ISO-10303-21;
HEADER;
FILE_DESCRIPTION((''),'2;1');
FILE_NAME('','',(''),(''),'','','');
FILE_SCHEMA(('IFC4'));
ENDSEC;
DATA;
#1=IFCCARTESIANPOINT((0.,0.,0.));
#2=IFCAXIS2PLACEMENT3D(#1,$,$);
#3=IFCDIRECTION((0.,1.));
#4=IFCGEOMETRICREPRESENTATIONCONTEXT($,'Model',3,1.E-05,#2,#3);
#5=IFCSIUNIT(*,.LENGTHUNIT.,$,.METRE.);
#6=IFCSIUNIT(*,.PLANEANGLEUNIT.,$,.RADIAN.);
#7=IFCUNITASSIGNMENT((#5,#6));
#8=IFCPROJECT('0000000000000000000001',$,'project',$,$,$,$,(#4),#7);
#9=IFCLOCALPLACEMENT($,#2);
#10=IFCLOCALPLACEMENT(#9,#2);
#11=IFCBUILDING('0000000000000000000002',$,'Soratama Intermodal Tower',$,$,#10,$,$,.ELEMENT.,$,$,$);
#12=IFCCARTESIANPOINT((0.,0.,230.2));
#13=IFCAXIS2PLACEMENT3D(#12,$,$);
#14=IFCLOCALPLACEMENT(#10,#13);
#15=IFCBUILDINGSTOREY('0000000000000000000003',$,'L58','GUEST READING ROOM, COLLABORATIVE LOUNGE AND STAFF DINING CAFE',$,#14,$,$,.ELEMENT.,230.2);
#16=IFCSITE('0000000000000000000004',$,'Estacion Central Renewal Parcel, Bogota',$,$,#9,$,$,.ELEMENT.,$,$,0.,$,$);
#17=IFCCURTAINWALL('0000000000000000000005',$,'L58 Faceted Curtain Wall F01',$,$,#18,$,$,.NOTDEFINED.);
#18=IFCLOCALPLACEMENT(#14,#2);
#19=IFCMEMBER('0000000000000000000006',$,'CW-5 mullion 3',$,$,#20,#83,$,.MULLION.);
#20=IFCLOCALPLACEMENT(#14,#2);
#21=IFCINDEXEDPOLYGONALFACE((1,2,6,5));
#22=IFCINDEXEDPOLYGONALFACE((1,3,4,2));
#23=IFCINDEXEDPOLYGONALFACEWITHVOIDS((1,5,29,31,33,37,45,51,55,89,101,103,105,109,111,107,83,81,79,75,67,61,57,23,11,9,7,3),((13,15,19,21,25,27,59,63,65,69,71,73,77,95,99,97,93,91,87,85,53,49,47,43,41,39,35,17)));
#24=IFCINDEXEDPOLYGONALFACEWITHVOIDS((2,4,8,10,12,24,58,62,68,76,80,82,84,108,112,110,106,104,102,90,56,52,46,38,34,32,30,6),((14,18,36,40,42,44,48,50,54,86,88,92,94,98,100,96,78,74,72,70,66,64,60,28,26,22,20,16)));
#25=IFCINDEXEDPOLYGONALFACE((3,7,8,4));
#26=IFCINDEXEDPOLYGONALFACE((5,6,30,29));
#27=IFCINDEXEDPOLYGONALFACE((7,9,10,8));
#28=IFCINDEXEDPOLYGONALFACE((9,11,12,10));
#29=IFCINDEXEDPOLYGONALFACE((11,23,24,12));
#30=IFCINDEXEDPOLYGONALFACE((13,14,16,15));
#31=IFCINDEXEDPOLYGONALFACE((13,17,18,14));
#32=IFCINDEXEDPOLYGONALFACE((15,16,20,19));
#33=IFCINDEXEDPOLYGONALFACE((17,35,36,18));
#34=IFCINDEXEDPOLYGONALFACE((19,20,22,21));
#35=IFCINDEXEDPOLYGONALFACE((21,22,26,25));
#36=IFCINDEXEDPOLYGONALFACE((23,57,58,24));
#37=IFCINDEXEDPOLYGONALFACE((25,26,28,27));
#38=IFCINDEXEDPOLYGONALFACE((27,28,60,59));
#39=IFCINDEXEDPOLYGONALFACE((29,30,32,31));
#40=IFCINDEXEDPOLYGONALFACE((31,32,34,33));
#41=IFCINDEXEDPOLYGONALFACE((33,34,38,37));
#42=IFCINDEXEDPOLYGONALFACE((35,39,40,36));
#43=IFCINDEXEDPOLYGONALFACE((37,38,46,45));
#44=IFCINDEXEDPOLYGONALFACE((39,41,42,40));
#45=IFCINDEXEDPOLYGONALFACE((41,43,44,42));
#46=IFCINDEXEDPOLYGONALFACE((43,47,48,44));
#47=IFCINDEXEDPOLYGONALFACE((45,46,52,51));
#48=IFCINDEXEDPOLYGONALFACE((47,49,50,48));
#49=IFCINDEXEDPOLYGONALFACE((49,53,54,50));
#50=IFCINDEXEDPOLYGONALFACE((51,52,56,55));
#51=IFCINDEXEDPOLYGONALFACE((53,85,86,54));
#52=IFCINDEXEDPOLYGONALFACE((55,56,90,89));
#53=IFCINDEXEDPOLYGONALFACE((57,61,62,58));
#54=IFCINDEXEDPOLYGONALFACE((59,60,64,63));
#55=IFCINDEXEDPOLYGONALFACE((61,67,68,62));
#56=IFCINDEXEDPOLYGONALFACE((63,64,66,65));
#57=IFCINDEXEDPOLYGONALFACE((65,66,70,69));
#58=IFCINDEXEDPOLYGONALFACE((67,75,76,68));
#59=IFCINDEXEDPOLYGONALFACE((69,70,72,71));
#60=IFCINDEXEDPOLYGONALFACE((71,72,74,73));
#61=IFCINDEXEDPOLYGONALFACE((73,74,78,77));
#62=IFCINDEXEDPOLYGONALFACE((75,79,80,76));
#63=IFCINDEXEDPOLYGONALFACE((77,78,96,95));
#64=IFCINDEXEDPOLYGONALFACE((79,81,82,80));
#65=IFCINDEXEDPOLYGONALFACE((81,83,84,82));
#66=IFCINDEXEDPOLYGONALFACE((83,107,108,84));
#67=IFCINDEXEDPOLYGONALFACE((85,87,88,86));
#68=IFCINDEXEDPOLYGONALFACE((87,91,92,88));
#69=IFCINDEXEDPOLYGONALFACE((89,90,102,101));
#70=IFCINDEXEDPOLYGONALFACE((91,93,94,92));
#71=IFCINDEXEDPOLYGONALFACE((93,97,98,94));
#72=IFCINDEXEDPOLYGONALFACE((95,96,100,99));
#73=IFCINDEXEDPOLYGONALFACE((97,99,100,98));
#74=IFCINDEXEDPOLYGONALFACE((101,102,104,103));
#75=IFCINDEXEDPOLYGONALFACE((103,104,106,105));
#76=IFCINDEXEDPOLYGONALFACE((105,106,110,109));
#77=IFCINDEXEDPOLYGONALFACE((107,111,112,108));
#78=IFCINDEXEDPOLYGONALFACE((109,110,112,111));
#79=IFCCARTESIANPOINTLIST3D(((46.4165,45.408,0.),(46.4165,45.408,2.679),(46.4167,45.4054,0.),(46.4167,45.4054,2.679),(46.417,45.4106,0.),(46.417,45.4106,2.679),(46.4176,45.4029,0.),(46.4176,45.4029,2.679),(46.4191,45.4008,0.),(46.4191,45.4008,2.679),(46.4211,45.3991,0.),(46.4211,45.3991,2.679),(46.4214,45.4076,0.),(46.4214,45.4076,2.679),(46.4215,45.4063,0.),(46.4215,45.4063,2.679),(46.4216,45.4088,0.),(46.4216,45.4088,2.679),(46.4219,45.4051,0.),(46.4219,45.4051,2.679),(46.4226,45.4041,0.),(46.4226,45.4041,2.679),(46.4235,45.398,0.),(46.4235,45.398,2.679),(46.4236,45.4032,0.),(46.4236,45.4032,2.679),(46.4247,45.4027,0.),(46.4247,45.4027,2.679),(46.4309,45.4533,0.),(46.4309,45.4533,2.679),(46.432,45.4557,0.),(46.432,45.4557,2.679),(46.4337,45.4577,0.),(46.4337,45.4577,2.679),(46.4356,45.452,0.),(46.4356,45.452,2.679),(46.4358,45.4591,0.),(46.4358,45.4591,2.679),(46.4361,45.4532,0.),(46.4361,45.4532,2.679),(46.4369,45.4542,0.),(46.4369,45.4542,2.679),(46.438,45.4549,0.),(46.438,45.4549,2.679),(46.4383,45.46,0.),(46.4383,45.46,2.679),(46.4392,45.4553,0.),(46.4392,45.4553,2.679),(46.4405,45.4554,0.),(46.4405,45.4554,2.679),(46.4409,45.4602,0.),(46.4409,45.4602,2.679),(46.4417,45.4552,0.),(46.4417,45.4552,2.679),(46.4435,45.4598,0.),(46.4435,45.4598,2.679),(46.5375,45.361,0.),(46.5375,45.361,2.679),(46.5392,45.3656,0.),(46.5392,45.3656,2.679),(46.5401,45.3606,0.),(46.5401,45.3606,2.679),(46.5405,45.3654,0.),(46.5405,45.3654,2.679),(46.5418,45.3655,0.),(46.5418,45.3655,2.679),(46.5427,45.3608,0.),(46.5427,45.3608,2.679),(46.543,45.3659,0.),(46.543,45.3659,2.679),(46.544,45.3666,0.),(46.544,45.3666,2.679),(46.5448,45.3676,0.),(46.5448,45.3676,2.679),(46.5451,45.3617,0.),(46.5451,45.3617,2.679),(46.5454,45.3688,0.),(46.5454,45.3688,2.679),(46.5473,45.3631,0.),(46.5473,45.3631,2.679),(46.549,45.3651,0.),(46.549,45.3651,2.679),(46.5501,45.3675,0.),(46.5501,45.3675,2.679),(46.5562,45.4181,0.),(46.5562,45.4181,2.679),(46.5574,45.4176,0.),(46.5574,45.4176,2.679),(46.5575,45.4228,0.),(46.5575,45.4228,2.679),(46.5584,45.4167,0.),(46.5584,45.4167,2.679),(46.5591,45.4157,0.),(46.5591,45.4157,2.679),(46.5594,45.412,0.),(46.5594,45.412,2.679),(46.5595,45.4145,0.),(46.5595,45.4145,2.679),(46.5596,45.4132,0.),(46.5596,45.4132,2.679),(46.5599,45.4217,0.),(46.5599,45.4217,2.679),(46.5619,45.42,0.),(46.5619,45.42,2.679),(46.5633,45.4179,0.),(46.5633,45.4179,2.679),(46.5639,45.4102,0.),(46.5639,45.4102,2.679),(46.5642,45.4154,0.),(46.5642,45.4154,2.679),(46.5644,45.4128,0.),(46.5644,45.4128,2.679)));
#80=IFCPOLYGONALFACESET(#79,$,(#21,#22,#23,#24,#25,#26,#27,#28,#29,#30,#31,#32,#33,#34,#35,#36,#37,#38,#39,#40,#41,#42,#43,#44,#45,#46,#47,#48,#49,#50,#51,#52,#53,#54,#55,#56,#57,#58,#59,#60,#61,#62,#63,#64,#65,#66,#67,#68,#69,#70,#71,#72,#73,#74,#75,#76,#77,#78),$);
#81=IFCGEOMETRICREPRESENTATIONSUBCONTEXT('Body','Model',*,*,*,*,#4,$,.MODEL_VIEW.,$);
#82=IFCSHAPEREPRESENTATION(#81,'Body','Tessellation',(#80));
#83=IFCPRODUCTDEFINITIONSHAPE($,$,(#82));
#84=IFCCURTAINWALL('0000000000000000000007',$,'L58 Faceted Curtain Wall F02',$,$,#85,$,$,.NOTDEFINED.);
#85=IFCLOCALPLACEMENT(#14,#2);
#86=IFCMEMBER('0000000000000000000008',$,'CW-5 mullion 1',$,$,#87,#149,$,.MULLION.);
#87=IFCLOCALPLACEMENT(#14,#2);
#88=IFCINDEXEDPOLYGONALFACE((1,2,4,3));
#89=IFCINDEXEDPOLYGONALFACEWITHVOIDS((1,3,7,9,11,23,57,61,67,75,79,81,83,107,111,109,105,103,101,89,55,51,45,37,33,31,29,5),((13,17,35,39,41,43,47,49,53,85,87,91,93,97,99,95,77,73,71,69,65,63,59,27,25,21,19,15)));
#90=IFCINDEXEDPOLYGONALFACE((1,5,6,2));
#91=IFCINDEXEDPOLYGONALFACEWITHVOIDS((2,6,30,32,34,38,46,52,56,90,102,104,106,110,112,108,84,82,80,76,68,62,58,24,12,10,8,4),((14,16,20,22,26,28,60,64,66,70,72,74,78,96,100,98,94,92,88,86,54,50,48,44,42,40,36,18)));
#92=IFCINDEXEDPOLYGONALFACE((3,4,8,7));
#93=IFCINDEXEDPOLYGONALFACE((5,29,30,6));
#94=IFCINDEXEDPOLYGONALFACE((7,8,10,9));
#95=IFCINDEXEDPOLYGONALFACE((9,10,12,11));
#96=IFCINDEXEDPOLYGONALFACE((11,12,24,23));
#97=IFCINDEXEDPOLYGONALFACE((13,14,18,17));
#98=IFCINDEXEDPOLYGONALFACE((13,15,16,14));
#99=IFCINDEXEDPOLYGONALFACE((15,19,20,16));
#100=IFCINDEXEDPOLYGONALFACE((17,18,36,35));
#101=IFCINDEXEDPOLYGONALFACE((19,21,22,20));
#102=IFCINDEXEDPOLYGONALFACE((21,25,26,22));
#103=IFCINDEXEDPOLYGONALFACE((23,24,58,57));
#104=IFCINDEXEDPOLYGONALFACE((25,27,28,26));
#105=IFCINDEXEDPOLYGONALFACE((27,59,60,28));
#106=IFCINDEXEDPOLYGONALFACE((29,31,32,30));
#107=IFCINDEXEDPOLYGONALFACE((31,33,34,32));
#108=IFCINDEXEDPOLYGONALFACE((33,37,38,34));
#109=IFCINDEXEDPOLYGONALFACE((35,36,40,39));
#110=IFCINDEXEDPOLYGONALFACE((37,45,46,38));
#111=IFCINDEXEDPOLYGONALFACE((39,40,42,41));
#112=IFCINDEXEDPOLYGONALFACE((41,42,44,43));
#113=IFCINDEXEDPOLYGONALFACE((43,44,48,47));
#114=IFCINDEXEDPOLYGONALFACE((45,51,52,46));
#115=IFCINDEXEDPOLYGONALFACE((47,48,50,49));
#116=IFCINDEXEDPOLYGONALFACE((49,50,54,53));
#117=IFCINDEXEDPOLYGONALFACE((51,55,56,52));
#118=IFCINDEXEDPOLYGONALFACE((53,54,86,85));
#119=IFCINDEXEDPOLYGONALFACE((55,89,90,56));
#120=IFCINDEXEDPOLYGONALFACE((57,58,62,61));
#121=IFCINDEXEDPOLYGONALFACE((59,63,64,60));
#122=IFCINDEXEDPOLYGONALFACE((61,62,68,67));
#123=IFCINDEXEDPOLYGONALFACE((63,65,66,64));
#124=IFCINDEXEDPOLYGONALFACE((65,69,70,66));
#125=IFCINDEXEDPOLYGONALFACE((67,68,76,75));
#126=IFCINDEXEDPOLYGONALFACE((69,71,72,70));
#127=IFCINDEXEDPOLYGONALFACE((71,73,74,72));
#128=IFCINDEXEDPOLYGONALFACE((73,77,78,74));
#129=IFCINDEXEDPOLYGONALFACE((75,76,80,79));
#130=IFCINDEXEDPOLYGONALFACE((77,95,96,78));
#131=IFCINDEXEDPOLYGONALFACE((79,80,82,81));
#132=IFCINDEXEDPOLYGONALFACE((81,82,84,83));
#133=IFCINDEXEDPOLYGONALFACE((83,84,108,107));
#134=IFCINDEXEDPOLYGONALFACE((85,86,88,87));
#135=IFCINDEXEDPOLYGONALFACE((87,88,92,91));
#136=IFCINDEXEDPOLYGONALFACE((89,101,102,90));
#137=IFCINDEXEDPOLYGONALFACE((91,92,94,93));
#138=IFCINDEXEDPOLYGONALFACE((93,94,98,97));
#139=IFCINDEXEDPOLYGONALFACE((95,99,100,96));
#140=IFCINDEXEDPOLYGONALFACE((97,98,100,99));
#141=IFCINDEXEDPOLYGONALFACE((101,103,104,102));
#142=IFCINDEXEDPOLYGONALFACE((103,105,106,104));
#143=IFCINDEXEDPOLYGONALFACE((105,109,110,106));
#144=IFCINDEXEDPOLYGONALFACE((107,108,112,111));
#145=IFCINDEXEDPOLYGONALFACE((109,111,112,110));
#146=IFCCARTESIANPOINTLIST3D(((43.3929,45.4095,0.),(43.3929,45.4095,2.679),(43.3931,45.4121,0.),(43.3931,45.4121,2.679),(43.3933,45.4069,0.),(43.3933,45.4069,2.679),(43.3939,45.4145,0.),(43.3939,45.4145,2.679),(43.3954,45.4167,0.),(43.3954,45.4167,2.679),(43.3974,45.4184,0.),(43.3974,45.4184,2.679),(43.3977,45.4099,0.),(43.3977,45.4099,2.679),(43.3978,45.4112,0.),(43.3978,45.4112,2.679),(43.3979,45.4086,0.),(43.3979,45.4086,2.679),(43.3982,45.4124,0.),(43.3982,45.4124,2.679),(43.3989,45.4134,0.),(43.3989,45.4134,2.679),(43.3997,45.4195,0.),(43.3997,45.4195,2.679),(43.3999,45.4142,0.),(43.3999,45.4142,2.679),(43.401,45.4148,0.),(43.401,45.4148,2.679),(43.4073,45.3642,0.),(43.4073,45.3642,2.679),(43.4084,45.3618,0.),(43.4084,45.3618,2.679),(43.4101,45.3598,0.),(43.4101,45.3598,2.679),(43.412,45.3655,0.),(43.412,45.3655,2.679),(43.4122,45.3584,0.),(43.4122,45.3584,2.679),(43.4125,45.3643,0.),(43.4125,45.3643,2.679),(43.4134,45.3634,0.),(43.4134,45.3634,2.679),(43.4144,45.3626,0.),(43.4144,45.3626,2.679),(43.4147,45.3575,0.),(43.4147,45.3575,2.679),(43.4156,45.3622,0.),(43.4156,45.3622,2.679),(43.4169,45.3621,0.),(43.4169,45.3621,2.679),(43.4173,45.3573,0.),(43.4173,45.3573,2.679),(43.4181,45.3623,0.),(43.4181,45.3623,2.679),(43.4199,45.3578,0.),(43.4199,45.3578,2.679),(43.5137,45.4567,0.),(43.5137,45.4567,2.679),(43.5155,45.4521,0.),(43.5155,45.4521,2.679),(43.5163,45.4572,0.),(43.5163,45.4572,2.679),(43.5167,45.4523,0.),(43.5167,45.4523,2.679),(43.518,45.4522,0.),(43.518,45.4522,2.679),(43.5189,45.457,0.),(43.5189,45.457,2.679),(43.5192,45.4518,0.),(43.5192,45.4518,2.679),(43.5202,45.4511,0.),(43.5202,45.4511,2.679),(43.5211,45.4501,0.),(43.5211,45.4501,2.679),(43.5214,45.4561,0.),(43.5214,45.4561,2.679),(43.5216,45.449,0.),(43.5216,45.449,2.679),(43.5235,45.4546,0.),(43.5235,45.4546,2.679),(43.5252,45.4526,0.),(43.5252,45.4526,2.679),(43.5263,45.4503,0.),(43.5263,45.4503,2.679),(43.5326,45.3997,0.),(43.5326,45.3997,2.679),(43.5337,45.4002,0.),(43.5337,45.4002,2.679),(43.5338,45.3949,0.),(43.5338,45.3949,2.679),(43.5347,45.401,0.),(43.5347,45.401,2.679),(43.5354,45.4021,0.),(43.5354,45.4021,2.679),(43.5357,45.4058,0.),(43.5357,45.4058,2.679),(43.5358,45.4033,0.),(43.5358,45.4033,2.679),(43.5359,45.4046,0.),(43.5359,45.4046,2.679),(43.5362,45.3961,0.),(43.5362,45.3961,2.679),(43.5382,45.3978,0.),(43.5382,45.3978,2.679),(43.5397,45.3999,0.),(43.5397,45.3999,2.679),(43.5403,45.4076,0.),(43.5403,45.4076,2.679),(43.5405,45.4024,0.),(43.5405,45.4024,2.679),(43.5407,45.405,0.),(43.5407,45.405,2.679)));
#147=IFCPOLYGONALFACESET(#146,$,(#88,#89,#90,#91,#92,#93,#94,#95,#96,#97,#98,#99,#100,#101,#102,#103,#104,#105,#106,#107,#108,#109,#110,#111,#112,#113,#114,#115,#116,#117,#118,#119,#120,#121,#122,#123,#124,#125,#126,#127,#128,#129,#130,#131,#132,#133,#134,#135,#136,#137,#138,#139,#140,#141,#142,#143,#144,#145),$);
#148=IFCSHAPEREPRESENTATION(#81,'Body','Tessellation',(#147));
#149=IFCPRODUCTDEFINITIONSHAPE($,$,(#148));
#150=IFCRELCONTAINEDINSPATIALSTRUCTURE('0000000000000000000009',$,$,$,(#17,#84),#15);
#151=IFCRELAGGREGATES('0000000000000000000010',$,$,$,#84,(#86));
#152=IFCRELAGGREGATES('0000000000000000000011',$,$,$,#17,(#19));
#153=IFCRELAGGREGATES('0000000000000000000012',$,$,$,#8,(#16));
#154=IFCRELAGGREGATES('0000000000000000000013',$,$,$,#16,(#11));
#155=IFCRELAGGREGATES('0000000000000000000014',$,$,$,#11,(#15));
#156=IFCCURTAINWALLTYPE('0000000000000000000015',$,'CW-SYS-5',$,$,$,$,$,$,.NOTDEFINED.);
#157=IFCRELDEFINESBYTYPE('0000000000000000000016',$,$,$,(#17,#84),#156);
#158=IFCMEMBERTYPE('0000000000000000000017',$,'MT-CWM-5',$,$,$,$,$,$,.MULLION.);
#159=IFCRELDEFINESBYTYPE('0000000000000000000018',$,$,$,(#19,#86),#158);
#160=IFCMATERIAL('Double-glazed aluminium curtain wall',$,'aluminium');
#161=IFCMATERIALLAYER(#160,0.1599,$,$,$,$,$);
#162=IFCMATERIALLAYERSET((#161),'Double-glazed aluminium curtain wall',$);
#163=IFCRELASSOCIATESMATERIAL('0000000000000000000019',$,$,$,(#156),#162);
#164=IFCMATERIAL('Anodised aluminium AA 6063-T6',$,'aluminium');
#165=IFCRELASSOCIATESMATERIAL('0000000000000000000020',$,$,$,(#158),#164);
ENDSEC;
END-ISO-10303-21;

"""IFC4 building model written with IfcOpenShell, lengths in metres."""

from ifc_helpers import new_model, si_unit, direction, frame, origin, origin_2d, place, context, subcontext, project, spatial, hollow_rectangle, extrude, material, layer, layer_set, material_profile, profile_set, type_object, element, aggregate, save


model = new_model("IFC4")

# Units and contexts
model_context = context("Model", 3, precision=1e-05, world=origin(), true_north=direction((0.0, 1.0)))
body_context = subcontext(model_context, "Body", "Model", "MODEL_VIEW")
ifc_project = project(units=[si_unit("LENGTHUNIT", "METRE"), si_unit("PLANEANGLEUNIT", "RADIAN")], contexts=[model_context])

# Site, building, storey
site_placement = place(None, origin())
site = spatial("IfcSite", under=ifc_project, at=site_placement, Name="Estacion Central Renewal Parcel, Bogota", CompositionType="ELEMENT", RefElevation=0.0)
building_placement = place(site_placement, origin())
building = spatial("IfcBuilding", under=site, at=building_placement, Name="Soratama Intermodal Tower", CompositionType="ELEMENT")
storey_placement = place(building_placement, frame((0.0, 0.0, 230.2)))
storey = spatial("IfcBuildingStorey", under=building, at=storey_placement, Name="L58", Description="GUEST READING ROOM, COLLABORATIVE LOUNGE AND STAFF DINING CAFE", CompositionType="ELEMENT", Elevation=230.2)

# Curtain wall, member
ifc_material_1 = material(Name="Double-glazed aluminium curtain wall", Category="aluminium")
ifc_layer_1 = layer(ifc_material_1, 0.1599)
ifc_layer_set_1 = layer_set([ifc_layer_1], Name="Double-glazed aluminium curtain wall")
curtain_wall_type = type_object("IfcCurtainWallType", Name="CW-SYS-5", PredefinedType="NOTDEFINED", material=ifc_layer_set_1)
curtain_wall_1_placement = place(storey_placement, origin())
curtain_wall_1 = element("IfcCurtainWall", 1, at=curtain_wall_1_placement, inside=storey, type_object=curtain_wall_type, Name="L58 Faceted Curtain Wall F01", PredefinedType="NOTDEFINED")
ifc_material_2 = material(Name="Anodised aluminium AA 6063-T6", Category="aluminium")
ifc_material_profile_1 = material_profile(ifc_material_2, hollow_rectangle(XDim=0.0649, YDim=0.1399, WallThickness=0.0049, InnerFilletRadius=0.0049, OuterFilletRadius=0.01, at=origin_2d()), Name="CWM140X65X5")
ifc_profile_set_1 = profile_set([ifc_material_profile_1], Name="Anodised aluminium AA 6063-T6")
member_type_1 = type_object("IfcMemberType", Name="MT-CWM-5", PredefinedType="MULLION", material=ifc_profile_set_1)
member_1_placement = place(storey_placement, frame((46.4905, 45.4104, 0.0), z_axis=(0.0, 0.0, 1.0), x_axis=(-0.308022, -0.951379, 0.0)))
member_1 = element("IfcMember", 2, at=member_1_placement, type_object=member_type_1, Name="CW-5 mullion 3", PredefinedType="MULLION", context=body_context, shape_type="SweptSolid", body=[
    extrude(hollow_rectangle(XDim=0.0649, YDim=0.1399, WallThickness=0.0049, InnerFilletRadius=0.0049, OuterFilletRadius=0.01, at=origin_2d()), origin(), (0.0, 0.0, 1.0), 2.679),
])

# Curtain wall, member
curtain_wall_2_placement = place(storey_placement, origin())
curtain_wall_2 = element("IfcCurtainWall", 3, at=curtain_wall_2_placement, inside=storey, type_object=curtain_wall_type, Name="L58 Faceted Curtain Wall F02", PredefinedType="NOTDEFINED")
member_2_placement = place(storey_placement, frame((43.4668, 45.4072, 0.0), z_axis=(0.0, 0.0, 1.0), x_axis=(0.310014, -0.950732, 0.0)))
member_2 = element("IfcMember", 4, at=member_2_placement, type_object=member_type_1, Name="CW-5 mullion 1", PredefinedType="MULLION", context=body_context, shape_type="SweptSolid", body=[
    extrude(hollow_rectangle(XDim=0.0649, YDim=0.1399, WallThickness=0.0049, InnerFilletRadius=0.0049, OuterFilletRadius=0.01, at=origin_2d()), origin(), (0.0, 0.0, 1.0), 2.679),
])
aggregate(curtain_wall_2, [member_2])

aggregate(curtain_wall_1, [member_1])

save(model, "model.ifc")
